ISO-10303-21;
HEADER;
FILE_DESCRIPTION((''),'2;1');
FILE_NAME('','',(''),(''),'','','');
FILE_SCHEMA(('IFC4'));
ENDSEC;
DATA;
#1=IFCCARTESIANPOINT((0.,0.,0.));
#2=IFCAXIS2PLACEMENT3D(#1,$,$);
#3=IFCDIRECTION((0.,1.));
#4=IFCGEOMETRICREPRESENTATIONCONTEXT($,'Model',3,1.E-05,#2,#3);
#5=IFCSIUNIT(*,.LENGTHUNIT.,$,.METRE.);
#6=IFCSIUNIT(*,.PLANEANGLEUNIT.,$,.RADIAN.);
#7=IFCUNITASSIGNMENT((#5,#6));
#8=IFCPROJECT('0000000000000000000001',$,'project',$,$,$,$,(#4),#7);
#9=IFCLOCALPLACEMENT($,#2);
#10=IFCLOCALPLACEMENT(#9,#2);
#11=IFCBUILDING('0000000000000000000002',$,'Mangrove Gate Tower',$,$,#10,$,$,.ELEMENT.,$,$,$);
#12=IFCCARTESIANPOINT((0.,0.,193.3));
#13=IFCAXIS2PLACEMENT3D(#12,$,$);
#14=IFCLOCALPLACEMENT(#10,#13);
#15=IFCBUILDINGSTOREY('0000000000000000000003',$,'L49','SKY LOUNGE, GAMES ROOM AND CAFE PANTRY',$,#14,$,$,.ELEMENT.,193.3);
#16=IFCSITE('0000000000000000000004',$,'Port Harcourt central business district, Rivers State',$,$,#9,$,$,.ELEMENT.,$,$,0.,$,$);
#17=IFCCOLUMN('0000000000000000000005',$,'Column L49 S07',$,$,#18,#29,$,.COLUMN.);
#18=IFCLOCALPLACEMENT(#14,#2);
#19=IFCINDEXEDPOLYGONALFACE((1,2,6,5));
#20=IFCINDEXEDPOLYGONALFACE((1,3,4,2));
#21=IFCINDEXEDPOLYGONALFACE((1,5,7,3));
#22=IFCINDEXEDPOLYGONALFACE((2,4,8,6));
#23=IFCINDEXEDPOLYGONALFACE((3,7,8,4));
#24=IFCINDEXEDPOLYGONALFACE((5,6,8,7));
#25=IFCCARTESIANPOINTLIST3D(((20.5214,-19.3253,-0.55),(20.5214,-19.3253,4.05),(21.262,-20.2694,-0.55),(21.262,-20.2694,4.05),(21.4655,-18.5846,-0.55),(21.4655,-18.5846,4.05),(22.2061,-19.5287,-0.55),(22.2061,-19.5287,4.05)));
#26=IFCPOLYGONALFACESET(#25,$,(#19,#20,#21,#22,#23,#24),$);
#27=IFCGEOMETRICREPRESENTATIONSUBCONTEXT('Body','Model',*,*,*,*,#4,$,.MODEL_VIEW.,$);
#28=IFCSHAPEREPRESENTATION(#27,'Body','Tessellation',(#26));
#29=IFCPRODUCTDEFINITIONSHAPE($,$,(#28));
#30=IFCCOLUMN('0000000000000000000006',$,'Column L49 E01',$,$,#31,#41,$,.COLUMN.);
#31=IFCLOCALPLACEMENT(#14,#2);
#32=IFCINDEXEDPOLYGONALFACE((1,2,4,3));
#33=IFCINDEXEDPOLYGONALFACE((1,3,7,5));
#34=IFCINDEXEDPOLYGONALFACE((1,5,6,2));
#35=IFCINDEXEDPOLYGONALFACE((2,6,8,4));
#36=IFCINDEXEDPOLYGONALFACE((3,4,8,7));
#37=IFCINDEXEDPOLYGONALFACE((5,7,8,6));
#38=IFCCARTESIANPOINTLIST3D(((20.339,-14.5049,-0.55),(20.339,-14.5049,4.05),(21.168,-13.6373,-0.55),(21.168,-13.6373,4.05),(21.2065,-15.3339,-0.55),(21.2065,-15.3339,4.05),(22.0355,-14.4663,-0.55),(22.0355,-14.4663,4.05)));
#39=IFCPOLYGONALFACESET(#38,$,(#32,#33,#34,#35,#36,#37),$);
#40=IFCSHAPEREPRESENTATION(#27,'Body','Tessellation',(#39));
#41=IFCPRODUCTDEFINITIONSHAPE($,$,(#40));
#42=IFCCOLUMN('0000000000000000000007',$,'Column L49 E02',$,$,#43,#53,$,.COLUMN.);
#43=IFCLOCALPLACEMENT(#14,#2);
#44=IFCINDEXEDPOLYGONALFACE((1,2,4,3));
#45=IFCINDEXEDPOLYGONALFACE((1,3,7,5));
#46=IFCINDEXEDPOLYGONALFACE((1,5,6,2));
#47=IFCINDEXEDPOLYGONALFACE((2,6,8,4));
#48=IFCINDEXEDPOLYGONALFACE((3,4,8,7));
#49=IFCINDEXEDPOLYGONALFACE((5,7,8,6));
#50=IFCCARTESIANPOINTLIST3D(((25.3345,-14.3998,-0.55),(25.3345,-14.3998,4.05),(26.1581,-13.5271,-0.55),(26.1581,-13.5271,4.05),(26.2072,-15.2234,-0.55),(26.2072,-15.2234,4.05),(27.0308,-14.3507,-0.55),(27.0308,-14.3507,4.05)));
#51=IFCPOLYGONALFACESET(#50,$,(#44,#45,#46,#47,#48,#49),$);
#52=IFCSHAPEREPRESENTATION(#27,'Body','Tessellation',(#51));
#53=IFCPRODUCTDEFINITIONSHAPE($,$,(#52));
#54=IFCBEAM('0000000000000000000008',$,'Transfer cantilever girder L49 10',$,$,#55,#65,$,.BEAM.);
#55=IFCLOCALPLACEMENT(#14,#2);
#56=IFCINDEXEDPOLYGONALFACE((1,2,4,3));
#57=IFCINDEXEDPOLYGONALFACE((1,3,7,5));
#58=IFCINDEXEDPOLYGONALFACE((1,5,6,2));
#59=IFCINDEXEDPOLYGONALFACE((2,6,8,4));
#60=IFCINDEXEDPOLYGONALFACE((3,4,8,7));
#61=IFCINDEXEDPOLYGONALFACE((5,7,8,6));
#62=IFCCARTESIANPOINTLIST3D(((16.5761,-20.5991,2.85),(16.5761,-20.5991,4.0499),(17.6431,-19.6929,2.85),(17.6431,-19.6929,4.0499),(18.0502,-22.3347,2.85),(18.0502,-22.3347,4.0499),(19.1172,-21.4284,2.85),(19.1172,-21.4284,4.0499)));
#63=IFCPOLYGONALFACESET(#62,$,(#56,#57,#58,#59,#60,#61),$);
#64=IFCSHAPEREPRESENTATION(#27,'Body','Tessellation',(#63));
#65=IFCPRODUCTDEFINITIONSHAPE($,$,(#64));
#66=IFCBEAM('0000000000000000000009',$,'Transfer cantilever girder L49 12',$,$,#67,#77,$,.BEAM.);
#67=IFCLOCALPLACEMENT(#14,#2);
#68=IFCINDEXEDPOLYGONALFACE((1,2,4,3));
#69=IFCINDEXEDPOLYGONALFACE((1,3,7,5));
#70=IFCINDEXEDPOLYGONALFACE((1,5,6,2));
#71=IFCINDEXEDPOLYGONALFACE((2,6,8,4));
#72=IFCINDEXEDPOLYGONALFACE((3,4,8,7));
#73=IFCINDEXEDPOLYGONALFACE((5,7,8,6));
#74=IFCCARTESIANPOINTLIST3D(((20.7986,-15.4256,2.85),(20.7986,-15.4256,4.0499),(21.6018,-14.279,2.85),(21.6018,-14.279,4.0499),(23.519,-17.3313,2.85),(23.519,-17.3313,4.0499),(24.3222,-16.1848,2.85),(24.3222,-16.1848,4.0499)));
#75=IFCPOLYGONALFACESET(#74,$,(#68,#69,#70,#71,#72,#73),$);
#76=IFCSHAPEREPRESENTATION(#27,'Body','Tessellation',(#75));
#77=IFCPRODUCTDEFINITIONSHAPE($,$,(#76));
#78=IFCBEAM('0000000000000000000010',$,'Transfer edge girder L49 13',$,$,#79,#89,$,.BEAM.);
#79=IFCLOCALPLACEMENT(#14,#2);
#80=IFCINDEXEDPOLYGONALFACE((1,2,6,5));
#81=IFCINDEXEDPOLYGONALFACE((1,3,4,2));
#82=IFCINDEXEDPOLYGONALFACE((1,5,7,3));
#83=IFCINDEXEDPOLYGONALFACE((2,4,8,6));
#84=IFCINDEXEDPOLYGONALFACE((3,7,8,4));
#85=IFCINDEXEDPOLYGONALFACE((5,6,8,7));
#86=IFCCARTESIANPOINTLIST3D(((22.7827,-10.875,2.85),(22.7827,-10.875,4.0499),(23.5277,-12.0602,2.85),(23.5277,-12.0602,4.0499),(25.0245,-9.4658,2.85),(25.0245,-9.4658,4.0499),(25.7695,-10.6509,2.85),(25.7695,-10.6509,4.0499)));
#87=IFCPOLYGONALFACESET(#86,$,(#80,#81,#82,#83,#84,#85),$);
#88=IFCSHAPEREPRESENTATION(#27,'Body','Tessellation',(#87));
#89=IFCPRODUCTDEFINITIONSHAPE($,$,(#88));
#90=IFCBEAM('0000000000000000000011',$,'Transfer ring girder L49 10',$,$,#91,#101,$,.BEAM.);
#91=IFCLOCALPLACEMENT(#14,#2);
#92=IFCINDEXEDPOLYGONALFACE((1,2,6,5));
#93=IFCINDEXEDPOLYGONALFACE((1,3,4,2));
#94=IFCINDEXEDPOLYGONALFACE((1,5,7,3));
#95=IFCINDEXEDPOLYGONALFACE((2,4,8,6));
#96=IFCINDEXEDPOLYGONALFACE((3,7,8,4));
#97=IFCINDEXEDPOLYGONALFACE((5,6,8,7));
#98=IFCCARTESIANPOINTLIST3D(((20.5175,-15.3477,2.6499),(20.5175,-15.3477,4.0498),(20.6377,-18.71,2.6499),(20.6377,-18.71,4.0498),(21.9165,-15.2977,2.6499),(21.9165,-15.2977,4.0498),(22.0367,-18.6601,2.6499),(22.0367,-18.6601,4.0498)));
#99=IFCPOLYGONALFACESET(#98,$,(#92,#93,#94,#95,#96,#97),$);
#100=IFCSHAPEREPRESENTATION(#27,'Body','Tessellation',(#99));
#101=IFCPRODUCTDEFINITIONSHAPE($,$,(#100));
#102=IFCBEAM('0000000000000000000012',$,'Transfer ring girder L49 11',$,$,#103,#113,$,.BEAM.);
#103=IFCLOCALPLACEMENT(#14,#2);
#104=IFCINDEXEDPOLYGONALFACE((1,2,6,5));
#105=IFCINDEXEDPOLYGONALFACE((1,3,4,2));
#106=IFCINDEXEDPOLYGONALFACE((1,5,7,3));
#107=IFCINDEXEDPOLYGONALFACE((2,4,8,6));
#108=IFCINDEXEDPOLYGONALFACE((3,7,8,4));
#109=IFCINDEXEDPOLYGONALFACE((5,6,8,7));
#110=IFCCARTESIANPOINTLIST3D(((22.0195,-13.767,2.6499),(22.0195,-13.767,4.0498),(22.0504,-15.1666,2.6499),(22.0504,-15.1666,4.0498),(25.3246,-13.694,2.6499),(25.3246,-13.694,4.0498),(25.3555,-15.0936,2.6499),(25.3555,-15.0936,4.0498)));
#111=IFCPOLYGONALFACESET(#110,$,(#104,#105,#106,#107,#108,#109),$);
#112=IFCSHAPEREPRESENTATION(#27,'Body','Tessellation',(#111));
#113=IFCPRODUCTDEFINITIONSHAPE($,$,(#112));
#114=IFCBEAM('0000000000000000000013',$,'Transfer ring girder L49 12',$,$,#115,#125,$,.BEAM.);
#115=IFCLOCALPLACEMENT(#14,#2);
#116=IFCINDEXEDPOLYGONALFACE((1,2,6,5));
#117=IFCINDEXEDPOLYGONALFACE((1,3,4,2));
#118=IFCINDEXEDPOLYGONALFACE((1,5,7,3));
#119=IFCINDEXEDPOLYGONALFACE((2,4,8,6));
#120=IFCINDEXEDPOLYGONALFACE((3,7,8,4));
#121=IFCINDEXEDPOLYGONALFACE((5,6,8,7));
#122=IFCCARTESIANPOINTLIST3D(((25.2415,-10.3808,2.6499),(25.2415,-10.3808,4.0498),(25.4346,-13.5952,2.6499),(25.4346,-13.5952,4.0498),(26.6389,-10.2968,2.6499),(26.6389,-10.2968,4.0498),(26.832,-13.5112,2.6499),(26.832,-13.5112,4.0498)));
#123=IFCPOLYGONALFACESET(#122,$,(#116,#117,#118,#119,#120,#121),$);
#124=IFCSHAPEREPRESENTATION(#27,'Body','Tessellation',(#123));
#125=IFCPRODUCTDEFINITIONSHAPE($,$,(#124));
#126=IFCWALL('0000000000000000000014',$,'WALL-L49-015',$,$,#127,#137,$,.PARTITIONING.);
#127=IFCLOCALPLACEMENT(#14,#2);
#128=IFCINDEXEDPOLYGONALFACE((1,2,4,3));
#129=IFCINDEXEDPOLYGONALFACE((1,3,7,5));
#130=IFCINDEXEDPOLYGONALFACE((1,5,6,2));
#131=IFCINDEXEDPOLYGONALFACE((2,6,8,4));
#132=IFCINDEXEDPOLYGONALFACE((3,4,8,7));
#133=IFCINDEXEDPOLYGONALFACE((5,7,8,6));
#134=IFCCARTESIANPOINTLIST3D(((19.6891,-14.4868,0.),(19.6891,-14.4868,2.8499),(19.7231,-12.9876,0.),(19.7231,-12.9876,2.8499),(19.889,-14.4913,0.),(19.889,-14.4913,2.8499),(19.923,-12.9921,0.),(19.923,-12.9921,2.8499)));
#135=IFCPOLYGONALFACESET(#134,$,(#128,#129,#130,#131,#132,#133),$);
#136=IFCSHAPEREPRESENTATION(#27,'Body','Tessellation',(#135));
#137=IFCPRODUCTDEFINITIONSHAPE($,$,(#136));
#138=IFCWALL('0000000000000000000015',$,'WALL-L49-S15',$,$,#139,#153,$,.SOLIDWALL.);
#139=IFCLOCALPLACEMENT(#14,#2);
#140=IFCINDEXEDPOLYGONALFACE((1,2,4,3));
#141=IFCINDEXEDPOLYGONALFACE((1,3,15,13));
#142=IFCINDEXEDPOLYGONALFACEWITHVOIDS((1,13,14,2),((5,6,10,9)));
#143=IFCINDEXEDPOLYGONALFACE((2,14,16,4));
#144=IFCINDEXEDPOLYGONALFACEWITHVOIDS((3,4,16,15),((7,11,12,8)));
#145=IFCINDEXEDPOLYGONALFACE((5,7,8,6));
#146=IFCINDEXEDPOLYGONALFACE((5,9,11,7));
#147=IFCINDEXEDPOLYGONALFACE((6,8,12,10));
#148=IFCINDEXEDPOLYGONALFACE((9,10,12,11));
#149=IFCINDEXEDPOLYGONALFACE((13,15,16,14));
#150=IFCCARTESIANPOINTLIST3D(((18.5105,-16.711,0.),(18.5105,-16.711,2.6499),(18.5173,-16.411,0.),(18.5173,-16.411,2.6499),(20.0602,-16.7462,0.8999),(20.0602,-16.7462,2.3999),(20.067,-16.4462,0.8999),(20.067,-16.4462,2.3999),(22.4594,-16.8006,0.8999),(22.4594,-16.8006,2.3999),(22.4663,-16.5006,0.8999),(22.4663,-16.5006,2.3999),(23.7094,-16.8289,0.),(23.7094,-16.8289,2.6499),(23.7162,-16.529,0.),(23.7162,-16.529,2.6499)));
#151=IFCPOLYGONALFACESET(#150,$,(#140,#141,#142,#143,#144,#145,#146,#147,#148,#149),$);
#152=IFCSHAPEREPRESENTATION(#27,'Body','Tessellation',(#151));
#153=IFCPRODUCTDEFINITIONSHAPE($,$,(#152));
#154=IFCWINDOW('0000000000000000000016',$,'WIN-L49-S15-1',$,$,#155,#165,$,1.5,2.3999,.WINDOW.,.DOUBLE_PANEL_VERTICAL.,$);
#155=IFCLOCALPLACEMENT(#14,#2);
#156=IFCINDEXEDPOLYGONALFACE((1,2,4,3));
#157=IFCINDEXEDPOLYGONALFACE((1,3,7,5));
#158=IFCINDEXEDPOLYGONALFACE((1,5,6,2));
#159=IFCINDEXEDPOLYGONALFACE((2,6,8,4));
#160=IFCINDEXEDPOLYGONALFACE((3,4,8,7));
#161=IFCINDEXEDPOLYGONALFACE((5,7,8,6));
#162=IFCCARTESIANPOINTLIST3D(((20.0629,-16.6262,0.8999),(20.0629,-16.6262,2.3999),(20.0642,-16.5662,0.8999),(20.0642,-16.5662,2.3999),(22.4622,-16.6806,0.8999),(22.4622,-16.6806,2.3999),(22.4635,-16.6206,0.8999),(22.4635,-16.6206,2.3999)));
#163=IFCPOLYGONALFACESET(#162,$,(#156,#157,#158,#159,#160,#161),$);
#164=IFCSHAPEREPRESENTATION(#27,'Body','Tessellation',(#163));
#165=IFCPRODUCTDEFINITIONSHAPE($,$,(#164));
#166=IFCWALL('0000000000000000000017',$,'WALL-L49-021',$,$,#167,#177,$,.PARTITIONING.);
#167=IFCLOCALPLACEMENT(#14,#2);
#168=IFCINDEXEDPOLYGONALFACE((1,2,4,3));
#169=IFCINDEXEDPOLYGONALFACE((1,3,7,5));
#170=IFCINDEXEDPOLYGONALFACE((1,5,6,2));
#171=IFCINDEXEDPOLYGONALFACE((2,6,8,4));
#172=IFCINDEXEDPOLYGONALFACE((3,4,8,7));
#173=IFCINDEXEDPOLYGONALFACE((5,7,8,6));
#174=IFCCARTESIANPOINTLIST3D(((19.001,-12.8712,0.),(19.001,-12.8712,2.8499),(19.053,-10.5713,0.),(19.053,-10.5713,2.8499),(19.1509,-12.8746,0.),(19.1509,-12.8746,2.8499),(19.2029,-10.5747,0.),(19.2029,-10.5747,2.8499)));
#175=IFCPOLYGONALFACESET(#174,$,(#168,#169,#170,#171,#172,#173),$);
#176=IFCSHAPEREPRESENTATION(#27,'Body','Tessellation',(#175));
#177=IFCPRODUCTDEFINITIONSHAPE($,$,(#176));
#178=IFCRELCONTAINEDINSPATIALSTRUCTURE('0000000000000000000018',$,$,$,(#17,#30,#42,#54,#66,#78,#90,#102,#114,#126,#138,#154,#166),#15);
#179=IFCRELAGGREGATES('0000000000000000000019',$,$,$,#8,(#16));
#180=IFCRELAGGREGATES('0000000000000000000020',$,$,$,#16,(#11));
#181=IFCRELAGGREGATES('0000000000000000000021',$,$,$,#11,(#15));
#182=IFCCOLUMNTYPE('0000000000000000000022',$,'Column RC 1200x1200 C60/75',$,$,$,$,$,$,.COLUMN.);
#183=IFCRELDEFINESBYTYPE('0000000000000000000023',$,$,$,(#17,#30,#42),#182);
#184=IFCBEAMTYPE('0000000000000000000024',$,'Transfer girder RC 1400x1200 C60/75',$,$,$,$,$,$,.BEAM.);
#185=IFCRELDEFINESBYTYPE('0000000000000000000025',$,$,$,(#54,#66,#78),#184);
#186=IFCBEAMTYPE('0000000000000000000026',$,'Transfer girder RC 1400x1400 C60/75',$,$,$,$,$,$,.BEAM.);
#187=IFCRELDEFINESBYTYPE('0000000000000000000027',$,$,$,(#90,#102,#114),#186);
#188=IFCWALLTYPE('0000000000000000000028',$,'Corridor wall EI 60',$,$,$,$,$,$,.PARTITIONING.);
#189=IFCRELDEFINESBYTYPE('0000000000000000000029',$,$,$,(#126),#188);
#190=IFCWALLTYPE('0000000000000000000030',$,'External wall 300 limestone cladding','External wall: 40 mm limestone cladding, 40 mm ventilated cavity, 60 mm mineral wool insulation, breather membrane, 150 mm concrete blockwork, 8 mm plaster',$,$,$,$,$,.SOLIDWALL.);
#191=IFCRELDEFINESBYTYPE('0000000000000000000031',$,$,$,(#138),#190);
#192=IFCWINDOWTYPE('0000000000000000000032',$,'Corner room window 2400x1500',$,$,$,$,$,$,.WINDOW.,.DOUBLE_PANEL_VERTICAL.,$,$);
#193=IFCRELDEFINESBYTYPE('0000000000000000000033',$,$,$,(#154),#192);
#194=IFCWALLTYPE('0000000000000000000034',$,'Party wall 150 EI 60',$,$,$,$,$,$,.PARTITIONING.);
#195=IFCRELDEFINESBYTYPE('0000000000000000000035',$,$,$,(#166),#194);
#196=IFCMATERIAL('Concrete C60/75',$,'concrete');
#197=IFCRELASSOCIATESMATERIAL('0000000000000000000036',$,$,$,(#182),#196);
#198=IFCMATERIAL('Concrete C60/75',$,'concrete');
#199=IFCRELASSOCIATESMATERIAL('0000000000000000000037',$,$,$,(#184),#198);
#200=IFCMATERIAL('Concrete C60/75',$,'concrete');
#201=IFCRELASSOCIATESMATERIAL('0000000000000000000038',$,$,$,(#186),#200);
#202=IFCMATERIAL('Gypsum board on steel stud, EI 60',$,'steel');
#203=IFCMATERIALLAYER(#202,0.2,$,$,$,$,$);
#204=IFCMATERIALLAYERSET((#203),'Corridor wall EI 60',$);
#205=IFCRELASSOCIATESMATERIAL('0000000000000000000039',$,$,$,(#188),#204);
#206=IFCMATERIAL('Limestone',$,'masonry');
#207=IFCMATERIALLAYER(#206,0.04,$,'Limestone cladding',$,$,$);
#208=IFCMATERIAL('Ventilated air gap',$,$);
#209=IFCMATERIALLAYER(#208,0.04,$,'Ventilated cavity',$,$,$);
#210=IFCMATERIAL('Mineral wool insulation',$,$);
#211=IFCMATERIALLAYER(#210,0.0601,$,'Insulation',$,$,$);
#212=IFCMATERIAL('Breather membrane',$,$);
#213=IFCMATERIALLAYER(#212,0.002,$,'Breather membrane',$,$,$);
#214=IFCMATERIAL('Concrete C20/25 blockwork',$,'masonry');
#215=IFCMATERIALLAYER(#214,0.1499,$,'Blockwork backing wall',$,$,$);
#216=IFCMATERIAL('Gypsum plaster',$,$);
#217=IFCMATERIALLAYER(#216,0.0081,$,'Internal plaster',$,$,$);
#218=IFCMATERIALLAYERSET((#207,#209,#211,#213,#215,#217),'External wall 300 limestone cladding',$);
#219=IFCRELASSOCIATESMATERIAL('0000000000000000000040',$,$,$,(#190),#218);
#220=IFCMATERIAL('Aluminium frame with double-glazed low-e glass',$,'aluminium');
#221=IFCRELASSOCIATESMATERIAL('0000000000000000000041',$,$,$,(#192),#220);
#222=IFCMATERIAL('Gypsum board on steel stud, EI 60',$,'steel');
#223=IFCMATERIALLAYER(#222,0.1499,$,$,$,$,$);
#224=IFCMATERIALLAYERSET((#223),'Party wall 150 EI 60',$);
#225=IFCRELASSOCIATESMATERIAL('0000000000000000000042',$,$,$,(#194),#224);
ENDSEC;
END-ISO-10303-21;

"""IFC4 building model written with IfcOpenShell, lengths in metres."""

from ifc_helpers import new_model, si_unit, direction, frame, frame_2d, origin, origin_2d, place, context, subcontext, project, spatial, rectangle, extrude, material, layer, layer_set, material_profile, profile_set, type_object, element, fill, save


model = new_model("IFC4")

# Units and contexts
model_context = context("Model", 3, precision=1e-05, world=origin(), true_north=direction((0.0, 1.0)))
body_context = subcontext(model_context, "Body", "Model", "MODEL_VIEW")
ifc_project = project(units=[si_unit("LENGTHUNIT", "METRE"), si_unit("PLANEANGLEUNIT", "RADIAN")], contexts=[model_context])

# Site, building, storey
site_placement = place(None, origin())
site = spatial("IfcSite", under=ifc_project, at=site_placement, Name="Port Harcourt central business district, Rivers State", CompositionType="ELEMENT", RefElevation=0.0)
building_placement = place(site_placement, origin())
building = spatial("IfcBuilding", under=site, at=building_placement, Name="Mangrove Gate Tower", CompositionType="ELEMENT")
storey_placement = place(building_placement, frame((0.0, 0.0, 193.3)))
storey = spatial("IfcBuildingStorey", under=building, at=storey_placement, Name="L49", Description="SKY LOUNGE, GAMES ROOM AND CAFE PANTRY", CompositionType="ELEMENT", Elevation=193.3)

# Columns
ifc_material_1 = material(Name="Concrete C60/75", Category="concrete")
ifc_material_profile_1 = material_profile(ifc_material_1, rectangle(XDim=1.2, YDim=1.2, at=origin_2d()))
ifc_profile_set_1 = profile_set([ifc_material_profile_1], Name="Concrete C60/75")
column_type = type_object("IfcColumnType", Name="Column RC 1200x1200 C60/75", PredefinedType="COLUMN", material=ifc_profile_set_1)
for number, where, z_axis, x_axis, name in (
    (1, (21.3638, -19.427, -0.55), (0.0, 0.0, 1.0), (0.786796, 0.617213, 0.0), "Column L49 S07"),
    (2, (21.1873, -14.4856, -0.55), (0.0, 0.0, 1.0), (0.690873, 0.722977, 0.0), "Column L49 E01"),
    (3, (26.1826, -14.3752, -0.55), (0.0, 0.0, 1.0), (0.686359, 0.727263, 0.0), "Column L49 E02"),
):
    element("IfcColumn", number, at=place(storey_placement, frame(where, z_axis=z_axis, x_axis=x_axis)), inside=storey, type_object=column_type, Name=name, PredefinedType="COLUMN", context=body_context, shape_type="SweptSolid", body=[
        extrude(rectangle(XDim=1.2, YDim=1.2, at=origin_2d()), origin(), (0.0, 0.0, 1.0), 4.6001),
    ])

# Beams
ifc_material_2 = material(Name="Concrete C60/75", Category="concrete")
ifc_material_profile_2 = material_profile(ifc_material_2, rectangle(XDim=1.3999, YDim=1.2, at=origin_2d()))
ifc_profile_set_2 = profile_set([ifc_material_profile_2], Name="Concrete C60/75")
beam_type_1 = type_object("IfcBeamType", Name="Transfer girder RC 1400x1200 C60/75", PredefinedType="BEAM", material=ifc_profile_set_2)
beam_1_placement = place(storey_placement, frame((17.1096, -20.146, 3.45), z_axis=(0.647359, -0.762185, 0.0), x_axis=(0.762185, 0.647359, 0.0)))
element("IfcBeam", 4, at=beam_1_placement, inside=storey, type_object=beam_type_1, Name="Transfer cantilever girder L49 10", PredefinedType="BEAM", context=body_context, shape_type="SweptSolid", body=[
    extrude(rectangle(XDim=1.3999, YDim=1.2, at=origin_2d()), origin(), (0.0, 0.0, 1.0), 2.2771),
])
beam_2_placement = place(storey_placement, frame((21.2002, -14.8523, 3.45), z_axis=(0.819028, -0.573753, 0.0), x_axis=(0.573753, 0.819028, 0.0)))
element("IfcBeam", 5, at=beam_2_placement, inside=storey, type_object=beam_type_1, Name="Transfer cantilever girder L49 12", PredefinedType="BEAM", context=body_context, shape_type="SweptSolid", body=[
    extrude(rectangle(XDim=1.3999, YDim=1.2, at=origin_2d()), origin(), (0.0, 0.0, 1.0), 3.3215),
])
beam_3_placement = place(storey_placement, frame((25.397, -10.0583, 3.45), z_axis=(-0.846618, -0.532202, 0.0), x_axis=(0.532202, -0.846618, 0.0)))
element("IfcBeam", 6, at=beam_3_placement, inside=storey, type_object=beam_type_1, Name="Transfer edge girder L49 13", PredefinedType="BEAM", context=body_context, shape_type="SweptSolid", body=[
    extrude(rectangle(XDim=1.3999, YDim=1.2, at=origin_2d()), origin(), (0.0, 0.0, 1.0), 2.6479),
])
ifc_material_3 = material(Name="Concrete C60/75", Category="concrete")
ifc_material_profile_3 = material_profile(ifc_material_3, rectangle(XDim=1.3999, YDim=1.3999, at=origin_2d()))
ifc_profile_set_3 = profile_set([ifc_material_profile_3], Name="Concrete C60/75")
beam_type_2 = type_object("IfcBeamType", Name="Transfer girder RC 1400x1400 C60/75", PredefinedType="BEAM", material=ifc_profile_set_3)
beam_4_placement = place(storey_placement, frame((21.3372, -18.6851, 3.3499), z_axis=(-0.035702, 0.999362, 0.0), x_axis=(-0.999362, -0.035702, 0.0)))
element("IfcBeam", 7, at=beam_4_placement, inside=storey, type_object=beam_type_2, Name="Transfer ring girder L49 10", PredefinedType="BEAM", context=body_context, shape_type="SweptSolid", body=[
    extrude(rectangle(XDim=1.3999, YDim=1.3999, at=origin_2d()), origin(), (0.0, 0.0, 1.0), 3.3645),
])
beam_5_placement = place(storey_placement, frame((22.0349, -14.4668, 3.3499), z_axis=(0.999756, 0.022081, 0.0), x_axis=(-0.022081, 0.999756, 0.0)))
element("IfcBeam", 8, at=beam_5_placement, inside=storey, type_object=beam_type_2, Name="Transfer ring girder L49 11", PredefinedType="BEAM", context=body_context, shape_type="SweptSolid", body=[
    extrude(rectangle(XDim=1.3999, YDim=1.3999, at=origin_2d()), origin(), (0.0, 0.0, 1.0), 3.3059),
])
beam_6_placement = place(storey_placement, frame((26.1333, -13.5532, 3.3499), z_axis=(-0.059971, 0.9982, 0.0), x_axis=(-0.9982, -0.059971, 0.0)))
element("IfcBeam", 9, at=beam_6_placement, inside=storey, type_object=beam_type_2, Name="Transfer ring girder L49 12", PredefinedType="BEAM", context=body_context, shape_type="SweptSolid", body=[
    extrude(rectangle(XDim=1.3999, YDim=1.3999, at=origin_2d()), origin(), (0.0, 0.0, 1.0), 3.2202),
])

# Wall
ifc_material_4 = material(Name="Gypsum board on steel stud, EI 60", Category="steel")
ifc_layer_1 = layer(ifc_material_4, 0.2)
ifc_layer_set_1 = layer_set([ifc_layer_1], Name="Corridor wall EI 60")
wall_type_1 = type_object("IfcWallType", Name="Corridor wall EI 60", PredefinedType="PARTITIONING", material=ifc_layer_set_1)
wall_1_placement = place(storey_placement, frame((19.7891, -14.489, 0.0), z_axis=(0.0, 0.0, 1.0), x_axis=(0.022633, 0.999744, 0.0)))
element("IfcWall", 10, at=wall_1_placement, inside=storey, type_object=wall_type_1, Name="WALL-L49-015", PredefinedType="PARTITIONING", context=body_context, shape_type="SweptSolid", body=[
    extrude(rectangle(XDim=1.4995, YDim=0.2, at=frame_2d((0.7498, 0.0))), origin(), (0.0, 0.0, 1.0), 2.8499),
])

# Shared definitions
ifc_material_5 = material(Name="Limestone", Category="masonry")
ifc_layer_2 = layer(ifc_material_5, 0.04, Name="Limestone cladding")
ifc_material_6 = material(Name="Ventilated air gap")
ifc_layer_3 = layer(ifc_material_6, 0.04, Name="Ventilated cavity")
ifc_material_7 = material(Name="Mineral wool insulation")
ifc_layer_4 = layer(ifc_material_7, 0.0601, Name="Insulation")
ifc_material_8 = material(Name="Breather membrane")
ifc_layer_5 = layer(ifc_material_8, 0.002, Name="Breather membrane")
ifc_material_9 = material(Name="Concrete C20/25 blockwork", Category="masonry")
ifc_layer_6 = layer(ifc_material_9, 0.1499, Name="Blockwork backing wall")
ifc_material_10 = material(Name="Gypsum plaster")
ifc_layer_7 = layer(ifc_material_10, 0.0081, Name="Internal plaster")
ifc_layer_set_2 = layer_set([ifc_layer_2, ifc_layer_3, ifc_layer_4, ifc_layer_5, ifc_layer_6, ifc_layer_7], Name="External wall 300 limestone cladding")
wall_type_2 = type_object("IfcWallType", Name="External wall 300 limestone cladding", Description="External wall: 40 mm limestone cladding, 40 mm ventilated cavity, 60 mm mineral wool insulation, breather membrane, 150 mm concrete blockwork, 8 mm plaster", PredefinedType="SOLIDWALL", material=ifc_layer_set_2)

# Wall, opening, window
wall_2_placement = place(storey_placement, frame((18.5139, -16.561, 0.0), z_axis=(0.0, 0.0, 1.0), x_axis=(0.999743, -0.022676, 0.0)))
wall_2 = element("IfcWall", 11, at=wall_2_placement, inside=storey, type_object=wall_type_2, Name="WALL-L49-S15", PredefinedType="SOLIDWALL", context=body_context, shape_type="SweptSolid", body=[
    extrude(rectangle(XDim=5.2002, YDim=0.3, at=frame_2d((2.6001, 0.0))), origin(), (0.0, 0.0, 1.0), 2.6499),
])
opening_1_placement = place(wall_2_placement, frame((1.55, 0.0, 0.8999)))
opening_1 = element("IfcOpeningElement", 12, at=opening_1_placement, cuts=wall_2, PredefinedType="OPENING", context=body_context, shape_type="SweptSolid", body=[
    extrude(rectangle(XDim=2.3999, YDim=1.5, at=frame_2d((1.2, 0.75))), frame((0.0, 0.1599, 0.0), z_axis=(0.0, -1.0, 0.0), x_axis=(1.0, 0.0, 0.0)), (0.0, 0.0, 1.0), 0.3201),
])
ifc_material_11 = material(Name="Aluminium frame with double-glazed low-e glass", Category="aluminium")
window_type = type_object("IfcWindowType", Name="Corner room window 2400x1500", PartitioningType="DOUBLE_PANEL_VERTICAL", PredefinedType="WINDOW", material=ifc_material_11)
window_placement = place(opening_1_placement, origin())
window = element("IfcWindow", 13, at=window_placement, inside=storey, type_object=window_type, Name="WIN-L49-S15-1", OverallHeight=1.5, OverallWidth=2.3999, PartitioningType="DOUBLE_PANEL_VERTICAL", PredefinedType="WINDOW", context=body_context, shape_type="SweptSolid", body=[
    extrude(rectangle(XDim=2.3999, YDim=1.5, at=frame_2d((1.2, 0.75))), frame((0.0, 0.03, 0.0), z_axis=(0.0, -1.0, 0.0), x_axis=(1.0, 0.0, 0.0)), (0.0, 0.0, 1.0), 0.0601),
])
fill(opening_1, window)

# Wall
ifc_material_12 = material(Name="Gypsum board on steel stud, EI 60", Category="steel")
ifc_layer_8 = layer(ifc_material_12, 0.1499)
ifc_layer_set_3 = layer_set([ifc_layer_8], Name="Party wall 150 EI 60")
wall_type_3 = type_object("IfcWallType", Name="Party wall 150 EI 60", PredefinedType="PARTITIONING", material=ifc_layer_set_3)
wall_3_placement = place(storey_placement, frame((19.0759, -12.873, 0.0), z_axis=(0.0, 0.0, 1.0), x_axis=(0.022603, 0.999745, 0.0)))
element("IfcWall", 14, at=wall_3_placement, inside=storey, type_object=wall_type_3, Name="WALL-L49-021", PredefinedType="PARTITIONING", context=body_context, shape_type="SweptSolid", body=[
    extrude(rectangle(XDim=2.3005, YDim=0.1499, at=frame_2d((1.1504, 0.0))), origin(), (0.0, 0.0, 1.0), 2.8499),
])

save(model, "model.ifc")
